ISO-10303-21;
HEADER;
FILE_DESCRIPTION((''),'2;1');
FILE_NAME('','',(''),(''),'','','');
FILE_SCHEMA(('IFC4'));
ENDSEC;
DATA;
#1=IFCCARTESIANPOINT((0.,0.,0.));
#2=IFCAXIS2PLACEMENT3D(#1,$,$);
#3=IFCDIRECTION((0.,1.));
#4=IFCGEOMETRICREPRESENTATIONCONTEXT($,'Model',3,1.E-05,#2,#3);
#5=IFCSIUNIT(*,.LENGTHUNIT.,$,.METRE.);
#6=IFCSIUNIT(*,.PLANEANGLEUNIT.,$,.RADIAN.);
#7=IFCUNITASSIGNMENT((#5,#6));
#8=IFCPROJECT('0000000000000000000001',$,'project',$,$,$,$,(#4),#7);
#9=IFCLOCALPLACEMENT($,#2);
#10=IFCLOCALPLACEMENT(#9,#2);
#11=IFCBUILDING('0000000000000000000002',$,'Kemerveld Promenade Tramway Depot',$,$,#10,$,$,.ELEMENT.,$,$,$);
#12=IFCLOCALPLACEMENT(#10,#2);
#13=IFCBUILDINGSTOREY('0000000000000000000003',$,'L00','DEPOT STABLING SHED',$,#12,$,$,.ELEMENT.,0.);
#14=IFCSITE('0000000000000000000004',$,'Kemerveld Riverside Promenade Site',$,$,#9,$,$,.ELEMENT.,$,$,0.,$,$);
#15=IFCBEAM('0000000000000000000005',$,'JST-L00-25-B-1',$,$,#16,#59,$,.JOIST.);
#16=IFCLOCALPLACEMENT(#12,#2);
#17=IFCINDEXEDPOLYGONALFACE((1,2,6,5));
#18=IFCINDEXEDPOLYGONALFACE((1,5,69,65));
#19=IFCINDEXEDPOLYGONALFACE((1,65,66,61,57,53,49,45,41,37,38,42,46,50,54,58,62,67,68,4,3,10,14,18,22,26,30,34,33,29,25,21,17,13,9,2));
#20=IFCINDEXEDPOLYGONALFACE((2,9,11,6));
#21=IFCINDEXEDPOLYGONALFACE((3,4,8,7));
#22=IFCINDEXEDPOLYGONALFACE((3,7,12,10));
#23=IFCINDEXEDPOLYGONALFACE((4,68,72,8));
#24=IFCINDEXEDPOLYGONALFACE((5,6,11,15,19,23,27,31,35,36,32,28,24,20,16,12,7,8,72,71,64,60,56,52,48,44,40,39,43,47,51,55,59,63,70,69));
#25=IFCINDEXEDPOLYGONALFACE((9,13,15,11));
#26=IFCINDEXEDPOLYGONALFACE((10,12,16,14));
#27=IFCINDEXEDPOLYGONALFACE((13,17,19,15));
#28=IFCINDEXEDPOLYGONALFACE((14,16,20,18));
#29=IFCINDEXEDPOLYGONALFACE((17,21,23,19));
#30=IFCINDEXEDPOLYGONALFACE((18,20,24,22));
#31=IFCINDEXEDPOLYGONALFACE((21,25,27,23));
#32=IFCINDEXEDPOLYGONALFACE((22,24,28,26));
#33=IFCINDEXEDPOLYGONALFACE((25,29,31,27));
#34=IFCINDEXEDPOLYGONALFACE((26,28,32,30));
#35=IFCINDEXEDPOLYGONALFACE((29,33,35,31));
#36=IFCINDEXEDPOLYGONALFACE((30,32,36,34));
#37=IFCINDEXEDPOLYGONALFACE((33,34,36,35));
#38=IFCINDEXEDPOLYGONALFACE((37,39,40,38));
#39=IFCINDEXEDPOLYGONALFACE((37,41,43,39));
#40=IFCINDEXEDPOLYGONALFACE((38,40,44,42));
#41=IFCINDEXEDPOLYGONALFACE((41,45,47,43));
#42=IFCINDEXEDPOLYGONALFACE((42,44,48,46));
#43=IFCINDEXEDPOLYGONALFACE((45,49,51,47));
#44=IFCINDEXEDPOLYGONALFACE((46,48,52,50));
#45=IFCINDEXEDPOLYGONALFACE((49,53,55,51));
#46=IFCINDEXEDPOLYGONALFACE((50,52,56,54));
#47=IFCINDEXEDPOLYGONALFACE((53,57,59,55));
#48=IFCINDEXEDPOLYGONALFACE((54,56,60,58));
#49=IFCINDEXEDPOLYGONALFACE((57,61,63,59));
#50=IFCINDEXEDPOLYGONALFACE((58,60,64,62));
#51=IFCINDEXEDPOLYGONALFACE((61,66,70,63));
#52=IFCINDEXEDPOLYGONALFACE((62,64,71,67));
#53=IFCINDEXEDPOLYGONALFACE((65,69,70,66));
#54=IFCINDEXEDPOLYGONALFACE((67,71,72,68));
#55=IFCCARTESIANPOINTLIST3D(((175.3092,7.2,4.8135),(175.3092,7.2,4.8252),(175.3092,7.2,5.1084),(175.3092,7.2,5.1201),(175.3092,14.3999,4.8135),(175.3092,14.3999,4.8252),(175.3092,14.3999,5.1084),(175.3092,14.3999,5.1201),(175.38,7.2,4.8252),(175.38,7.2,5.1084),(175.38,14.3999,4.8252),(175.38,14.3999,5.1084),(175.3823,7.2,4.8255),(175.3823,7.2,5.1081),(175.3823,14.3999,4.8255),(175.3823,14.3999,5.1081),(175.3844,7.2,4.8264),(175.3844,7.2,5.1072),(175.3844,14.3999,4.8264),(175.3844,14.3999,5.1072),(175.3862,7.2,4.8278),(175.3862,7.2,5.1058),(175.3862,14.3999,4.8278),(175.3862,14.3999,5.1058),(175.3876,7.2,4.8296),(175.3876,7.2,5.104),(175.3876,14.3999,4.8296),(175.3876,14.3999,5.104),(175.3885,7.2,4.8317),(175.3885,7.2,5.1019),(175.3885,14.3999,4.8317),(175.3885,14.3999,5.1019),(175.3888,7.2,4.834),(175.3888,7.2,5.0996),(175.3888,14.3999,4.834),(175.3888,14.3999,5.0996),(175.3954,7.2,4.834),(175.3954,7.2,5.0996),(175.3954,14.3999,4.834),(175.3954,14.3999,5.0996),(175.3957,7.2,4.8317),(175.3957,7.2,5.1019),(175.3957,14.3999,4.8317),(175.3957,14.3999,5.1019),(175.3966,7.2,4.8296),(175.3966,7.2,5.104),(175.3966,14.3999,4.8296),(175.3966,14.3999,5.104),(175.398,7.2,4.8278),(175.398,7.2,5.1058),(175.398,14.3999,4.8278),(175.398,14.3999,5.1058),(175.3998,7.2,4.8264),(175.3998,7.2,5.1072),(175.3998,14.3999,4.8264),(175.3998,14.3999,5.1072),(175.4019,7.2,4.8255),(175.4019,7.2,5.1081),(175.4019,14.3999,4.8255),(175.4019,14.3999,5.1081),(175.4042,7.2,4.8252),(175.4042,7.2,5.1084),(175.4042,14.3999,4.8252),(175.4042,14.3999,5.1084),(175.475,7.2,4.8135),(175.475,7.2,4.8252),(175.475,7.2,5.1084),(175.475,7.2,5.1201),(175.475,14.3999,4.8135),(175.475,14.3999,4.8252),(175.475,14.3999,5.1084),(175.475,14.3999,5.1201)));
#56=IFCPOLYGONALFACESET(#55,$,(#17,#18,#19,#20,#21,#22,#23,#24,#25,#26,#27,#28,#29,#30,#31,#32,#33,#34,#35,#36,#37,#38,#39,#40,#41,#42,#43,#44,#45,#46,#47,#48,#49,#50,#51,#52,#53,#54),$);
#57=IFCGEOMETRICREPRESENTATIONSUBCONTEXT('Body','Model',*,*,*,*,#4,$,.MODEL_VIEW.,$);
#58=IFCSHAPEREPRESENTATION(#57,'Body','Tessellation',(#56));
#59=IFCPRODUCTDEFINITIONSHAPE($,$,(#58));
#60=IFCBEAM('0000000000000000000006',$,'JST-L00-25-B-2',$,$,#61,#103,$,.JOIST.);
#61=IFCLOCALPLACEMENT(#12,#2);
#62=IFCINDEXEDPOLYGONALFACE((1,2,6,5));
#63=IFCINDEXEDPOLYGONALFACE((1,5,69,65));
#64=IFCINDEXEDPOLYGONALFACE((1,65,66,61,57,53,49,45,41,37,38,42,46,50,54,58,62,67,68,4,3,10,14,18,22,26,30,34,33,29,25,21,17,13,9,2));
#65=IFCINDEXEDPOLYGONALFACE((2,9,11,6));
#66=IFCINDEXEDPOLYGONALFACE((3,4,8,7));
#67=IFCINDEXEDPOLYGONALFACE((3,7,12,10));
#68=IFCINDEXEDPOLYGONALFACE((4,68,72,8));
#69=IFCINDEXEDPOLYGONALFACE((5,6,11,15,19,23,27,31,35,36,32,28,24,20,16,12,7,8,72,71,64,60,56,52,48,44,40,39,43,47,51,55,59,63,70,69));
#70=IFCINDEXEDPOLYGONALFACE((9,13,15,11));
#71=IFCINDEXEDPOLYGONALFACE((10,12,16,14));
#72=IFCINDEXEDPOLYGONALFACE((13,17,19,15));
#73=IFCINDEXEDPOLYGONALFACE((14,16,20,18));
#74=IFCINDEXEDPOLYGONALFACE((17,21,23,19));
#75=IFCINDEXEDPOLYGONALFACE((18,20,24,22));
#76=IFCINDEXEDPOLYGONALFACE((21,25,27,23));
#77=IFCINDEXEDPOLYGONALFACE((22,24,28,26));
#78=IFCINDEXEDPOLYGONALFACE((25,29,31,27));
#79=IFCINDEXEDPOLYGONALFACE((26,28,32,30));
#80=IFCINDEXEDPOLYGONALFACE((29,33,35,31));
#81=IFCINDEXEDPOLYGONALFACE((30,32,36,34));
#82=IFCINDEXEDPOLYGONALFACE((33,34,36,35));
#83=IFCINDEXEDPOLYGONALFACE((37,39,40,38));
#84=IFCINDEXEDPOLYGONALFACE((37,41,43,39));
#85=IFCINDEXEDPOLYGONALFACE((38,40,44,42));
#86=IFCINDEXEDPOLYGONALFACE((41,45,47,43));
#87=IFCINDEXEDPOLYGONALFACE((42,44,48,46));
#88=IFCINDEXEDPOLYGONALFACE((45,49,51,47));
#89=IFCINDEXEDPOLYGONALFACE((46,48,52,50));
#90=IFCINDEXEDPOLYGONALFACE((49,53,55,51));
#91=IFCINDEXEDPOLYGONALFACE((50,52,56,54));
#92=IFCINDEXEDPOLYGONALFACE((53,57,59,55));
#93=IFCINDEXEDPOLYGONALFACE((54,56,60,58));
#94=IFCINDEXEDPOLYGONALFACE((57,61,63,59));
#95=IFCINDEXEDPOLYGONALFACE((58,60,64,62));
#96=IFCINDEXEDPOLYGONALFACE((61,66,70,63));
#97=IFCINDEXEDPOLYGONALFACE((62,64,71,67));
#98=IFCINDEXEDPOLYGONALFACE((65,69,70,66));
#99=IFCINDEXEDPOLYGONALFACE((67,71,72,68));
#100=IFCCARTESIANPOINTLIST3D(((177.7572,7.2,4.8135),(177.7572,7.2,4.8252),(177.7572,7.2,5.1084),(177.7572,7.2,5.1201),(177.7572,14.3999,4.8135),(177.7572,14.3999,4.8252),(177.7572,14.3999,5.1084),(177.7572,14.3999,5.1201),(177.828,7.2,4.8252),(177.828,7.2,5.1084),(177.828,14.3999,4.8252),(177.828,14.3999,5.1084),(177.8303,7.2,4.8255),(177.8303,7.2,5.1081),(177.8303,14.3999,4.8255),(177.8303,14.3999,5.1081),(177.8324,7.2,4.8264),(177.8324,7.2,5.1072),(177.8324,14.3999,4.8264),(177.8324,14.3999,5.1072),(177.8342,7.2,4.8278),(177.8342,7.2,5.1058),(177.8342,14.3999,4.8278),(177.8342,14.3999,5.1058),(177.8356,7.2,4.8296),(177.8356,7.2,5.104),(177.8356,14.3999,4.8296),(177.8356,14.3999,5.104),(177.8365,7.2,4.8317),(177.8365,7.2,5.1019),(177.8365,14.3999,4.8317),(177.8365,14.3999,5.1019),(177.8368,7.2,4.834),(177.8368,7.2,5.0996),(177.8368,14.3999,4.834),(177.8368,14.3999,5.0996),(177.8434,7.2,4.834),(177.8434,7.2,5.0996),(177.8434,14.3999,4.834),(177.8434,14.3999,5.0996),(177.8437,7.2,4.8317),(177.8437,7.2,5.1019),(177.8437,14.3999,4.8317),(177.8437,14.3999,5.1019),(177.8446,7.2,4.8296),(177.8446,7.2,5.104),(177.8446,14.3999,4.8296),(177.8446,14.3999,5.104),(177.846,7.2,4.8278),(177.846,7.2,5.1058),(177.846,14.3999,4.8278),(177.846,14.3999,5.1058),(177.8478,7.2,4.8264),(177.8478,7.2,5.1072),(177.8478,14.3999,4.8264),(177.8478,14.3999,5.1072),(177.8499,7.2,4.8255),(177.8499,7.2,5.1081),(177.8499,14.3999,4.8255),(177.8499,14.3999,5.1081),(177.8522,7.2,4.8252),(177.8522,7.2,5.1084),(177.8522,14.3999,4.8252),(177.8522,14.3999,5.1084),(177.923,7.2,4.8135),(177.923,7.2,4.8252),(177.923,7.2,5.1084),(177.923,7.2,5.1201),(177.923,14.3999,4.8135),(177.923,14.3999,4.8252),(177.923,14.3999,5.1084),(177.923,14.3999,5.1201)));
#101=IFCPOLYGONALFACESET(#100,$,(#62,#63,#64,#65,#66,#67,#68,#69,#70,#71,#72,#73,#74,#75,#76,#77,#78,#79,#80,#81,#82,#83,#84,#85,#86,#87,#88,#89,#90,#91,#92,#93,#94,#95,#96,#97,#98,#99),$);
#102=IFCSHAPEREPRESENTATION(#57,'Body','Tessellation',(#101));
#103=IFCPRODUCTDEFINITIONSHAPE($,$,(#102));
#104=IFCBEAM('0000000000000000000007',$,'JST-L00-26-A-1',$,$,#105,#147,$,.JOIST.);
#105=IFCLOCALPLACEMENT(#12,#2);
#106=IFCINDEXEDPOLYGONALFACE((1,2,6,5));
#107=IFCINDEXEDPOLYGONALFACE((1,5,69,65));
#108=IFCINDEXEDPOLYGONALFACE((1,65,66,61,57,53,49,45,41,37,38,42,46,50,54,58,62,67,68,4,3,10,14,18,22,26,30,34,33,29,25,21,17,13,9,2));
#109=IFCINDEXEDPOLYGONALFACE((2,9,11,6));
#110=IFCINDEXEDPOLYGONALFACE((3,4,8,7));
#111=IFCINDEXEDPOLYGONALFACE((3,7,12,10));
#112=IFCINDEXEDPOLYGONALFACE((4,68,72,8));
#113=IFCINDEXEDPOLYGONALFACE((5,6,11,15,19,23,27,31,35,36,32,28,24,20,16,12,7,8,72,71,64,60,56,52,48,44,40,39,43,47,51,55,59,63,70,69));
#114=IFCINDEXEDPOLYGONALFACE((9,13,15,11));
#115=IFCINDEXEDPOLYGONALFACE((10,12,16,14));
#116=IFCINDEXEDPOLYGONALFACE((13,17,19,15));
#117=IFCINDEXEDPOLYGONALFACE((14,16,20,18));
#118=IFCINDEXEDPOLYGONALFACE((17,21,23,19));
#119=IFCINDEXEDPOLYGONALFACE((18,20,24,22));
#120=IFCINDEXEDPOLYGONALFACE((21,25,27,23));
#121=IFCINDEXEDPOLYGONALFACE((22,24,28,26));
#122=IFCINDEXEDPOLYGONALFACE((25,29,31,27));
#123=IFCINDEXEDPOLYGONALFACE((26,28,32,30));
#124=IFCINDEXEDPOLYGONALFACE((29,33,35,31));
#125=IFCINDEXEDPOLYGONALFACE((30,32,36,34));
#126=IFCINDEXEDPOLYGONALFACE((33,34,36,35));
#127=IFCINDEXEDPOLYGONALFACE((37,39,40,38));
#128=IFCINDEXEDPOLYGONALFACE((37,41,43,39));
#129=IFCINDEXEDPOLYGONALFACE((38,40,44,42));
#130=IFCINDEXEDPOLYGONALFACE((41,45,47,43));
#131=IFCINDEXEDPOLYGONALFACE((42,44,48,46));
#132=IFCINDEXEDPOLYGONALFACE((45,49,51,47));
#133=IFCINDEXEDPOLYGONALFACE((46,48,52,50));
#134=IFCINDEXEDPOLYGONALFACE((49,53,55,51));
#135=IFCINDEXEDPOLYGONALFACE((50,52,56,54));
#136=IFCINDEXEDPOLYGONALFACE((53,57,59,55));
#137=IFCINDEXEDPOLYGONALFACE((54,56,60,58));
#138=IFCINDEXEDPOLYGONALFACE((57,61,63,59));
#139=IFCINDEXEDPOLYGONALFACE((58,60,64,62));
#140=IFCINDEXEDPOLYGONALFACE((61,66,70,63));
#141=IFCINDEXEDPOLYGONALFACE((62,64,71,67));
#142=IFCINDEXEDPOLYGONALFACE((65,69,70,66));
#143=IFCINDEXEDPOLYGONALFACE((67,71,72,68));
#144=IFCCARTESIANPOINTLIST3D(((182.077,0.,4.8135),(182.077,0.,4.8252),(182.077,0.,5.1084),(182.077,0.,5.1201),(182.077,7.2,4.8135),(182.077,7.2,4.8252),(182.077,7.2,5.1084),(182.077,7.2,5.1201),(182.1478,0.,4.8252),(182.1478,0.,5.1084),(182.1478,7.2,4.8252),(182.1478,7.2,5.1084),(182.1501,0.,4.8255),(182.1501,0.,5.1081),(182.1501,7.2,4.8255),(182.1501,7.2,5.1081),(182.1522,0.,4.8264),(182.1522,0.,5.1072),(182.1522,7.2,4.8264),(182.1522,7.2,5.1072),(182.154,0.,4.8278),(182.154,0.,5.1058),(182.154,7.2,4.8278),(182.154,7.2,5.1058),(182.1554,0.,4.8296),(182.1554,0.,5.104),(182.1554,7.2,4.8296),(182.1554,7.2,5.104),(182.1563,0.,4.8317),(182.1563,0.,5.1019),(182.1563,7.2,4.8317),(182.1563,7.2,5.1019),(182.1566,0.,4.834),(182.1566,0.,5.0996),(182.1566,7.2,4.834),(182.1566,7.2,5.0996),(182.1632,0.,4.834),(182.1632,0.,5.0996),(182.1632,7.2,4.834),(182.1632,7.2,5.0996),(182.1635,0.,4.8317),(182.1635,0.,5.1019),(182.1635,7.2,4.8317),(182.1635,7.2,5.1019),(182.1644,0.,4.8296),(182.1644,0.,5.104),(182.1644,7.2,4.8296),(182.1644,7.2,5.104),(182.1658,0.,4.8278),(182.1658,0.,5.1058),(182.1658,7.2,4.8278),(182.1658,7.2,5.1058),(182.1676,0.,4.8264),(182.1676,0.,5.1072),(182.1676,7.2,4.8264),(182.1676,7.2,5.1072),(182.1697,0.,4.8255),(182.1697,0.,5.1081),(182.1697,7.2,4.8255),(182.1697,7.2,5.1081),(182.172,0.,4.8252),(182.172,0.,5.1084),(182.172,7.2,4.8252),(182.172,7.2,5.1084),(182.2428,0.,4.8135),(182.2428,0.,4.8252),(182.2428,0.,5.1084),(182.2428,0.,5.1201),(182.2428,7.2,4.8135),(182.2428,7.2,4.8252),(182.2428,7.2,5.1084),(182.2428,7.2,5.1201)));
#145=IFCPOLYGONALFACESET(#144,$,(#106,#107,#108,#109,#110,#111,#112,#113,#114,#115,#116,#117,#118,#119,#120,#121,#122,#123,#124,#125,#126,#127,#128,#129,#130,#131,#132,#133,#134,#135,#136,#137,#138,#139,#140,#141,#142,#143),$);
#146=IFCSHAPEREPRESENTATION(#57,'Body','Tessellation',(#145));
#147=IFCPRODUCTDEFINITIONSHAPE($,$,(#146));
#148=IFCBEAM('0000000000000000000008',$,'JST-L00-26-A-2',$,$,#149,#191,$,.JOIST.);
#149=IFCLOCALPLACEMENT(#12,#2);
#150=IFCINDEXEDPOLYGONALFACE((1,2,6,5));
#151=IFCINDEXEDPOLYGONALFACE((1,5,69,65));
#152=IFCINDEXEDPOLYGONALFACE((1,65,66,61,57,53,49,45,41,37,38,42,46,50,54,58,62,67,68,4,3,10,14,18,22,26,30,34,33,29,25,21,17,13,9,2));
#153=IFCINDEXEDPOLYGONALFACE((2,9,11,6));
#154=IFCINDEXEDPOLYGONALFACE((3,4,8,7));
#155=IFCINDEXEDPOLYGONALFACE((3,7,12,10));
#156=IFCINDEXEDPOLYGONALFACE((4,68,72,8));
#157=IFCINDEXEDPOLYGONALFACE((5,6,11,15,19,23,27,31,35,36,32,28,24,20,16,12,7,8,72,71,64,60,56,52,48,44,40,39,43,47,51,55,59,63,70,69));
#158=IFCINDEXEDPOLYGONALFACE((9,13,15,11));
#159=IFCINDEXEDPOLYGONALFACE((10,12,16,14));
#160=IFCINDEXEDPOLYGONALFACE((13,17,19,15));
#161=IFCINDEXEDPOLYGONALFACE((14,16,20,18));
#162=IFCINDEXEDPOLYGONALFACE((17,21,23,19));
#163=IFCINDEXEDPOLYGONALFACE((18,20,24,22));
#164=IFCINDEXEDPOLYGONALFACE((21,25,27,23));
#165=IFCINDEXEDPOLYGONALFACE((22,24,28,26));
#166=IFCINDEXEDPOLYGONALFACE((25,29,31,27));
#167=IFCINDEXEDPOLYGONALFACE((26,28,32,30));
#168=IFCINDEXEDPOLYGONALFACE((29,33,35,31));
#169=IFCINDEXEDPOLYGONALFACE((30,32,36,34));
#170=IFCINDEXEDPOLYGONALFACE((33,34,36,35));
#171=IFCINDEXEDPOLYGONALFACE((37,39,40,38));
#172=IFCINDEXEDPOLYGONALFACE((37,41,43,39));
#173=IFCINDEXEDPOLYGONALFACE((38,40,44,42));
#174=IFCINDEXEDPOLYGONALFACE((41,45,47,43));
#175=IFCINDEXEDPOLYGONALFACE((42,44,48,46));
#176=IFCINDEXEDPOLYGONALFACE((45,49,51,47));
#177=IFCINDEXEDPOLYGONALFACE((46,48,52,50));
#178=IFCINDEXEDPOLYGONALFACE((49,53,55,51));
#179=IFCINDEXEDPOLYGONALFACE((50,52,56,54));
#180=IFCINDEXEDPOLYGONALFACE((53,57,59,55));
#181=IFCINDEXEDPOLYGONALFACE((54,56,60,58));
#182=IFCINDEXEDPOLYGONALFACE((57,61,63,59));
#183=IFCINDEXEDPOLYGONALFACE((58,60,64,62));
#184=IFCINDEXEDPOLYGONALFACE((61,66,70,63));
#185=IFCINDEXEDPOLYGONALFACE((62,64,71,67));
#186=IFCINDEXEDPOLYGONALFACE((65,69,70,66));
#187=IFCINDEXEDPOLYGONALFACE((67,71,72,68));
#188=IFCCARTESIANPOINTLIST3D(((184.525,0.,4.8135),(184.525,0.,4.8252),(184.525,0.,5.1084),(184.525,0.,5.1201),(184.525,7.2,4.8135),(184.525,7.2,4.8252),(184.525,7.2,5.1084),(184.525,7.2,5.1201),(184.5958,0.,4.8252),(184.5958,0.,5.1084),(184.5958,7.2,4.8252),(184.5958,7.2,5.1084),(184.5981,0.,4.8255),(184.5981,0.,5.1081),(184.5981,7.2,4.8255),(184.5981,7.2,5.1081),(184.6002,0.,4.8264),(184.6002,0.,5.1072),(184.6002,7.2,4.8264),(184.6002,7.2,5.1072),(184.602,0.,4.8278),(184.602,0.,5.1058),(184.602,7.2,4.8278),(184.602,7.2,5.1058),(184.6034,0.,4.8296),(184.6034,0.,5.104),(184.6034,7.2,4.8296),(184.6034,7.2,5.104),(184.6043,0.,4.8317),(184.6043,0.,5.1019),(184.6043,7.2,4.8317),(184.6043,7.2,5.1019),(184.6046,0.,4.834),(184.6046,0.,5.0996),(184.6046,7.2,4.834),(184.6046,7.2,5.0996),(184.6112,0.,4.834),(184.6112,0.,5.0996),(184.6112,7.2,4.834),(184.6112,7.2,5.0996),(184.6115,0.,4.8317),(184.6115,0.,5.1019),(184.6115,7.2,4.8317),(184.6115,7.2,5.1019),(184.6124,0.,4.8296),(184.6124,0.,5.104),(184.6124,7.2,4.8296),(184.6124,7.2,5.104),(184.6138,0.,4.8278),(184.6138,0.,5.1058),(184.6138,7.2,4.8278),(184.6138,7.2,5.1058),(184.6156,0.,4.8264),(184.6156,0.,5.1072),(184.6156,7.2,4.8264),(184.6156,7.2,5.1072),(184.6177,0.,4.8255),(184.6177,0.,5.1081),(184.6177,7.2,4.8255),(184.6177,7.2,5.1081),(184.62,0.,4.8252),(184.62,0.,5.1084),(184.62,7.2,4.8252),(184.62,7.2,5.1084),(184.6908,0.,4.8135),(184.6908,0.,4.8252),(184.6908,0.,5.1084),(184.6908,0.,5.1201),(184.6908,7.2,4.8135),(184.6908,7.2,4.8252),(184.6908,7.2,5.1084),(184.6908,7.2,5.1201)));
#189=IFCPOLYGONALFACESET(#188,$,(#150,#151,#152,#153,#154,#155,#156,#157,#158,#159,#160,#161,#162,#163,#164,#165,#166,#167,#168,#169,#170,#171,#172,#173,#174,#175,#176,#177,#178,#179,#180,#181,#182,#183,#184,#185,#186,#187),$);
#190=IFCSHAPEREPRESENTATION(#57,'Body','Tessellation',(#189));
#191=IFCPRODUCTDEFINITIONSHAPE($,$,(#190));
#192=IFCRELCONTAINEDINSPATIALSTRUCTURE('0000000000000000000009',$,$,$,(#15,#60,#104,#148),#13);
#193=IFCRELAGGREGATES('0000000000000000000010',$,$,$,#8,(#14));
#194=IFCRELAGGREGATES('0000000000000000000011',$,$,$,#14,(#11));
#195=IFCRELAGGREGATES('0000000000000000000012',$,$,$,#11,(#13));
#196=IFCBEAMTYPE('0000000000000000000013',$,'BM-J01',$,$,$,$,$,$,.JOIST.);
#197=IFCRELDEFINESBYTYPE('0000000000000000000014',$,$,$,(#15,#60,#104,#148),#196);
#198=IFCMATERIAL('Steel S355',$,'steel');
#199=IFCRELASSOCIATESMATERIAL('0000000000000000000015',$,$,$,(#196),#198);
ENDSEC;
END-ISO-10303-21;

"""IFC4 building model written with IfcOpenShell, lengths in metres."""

from ifc_helpers import new_model, si_unit, direction, frame, origin, origin_2d, place, context, subcontext, project, spatial, i_section, extrude, material, material_profile, profile_set, type_object, element, save


model = new_model("IFC4")

# Units and contexts
model_context = context("Model", 3, precision=1e-05, world=origin(), true_north=direction((0.0, 1.0)))
body_context = subcontext(model_context, "Body", "Model", "MODEL_VIEW")
ifc_project = project(units=[si_unit("LENGTHUNIT", "METRE"), si_unit("PLANEANGLEUNIT", "RADIAN")], contexts=[model_context])

# Site, building, storey
site_placement = place(None, origin())
site = spatial("IfcSite", under=ifc_project, at=site_placement, Name="Kemerveld Riverside Promenade Site", CompositionType="ELEMENT", RefElevation=0.0)
building_placement = place(site_placement, origin())
building = spatial("IfcBuilding", under=site, at=building_placement, Name="Kemerveld Promenade Tramway Depot", CompositionType="ELEMENT")
storey_placement = place(building_placement, origin())
storey = spatial("IfcBuildingStorey", under=building, at=storey_placement, Name="L00", Description="DEPOT STABLING SHED", CompositionType="ELEMENT", Elevation=0.0)

# Shared definitions
ifc_material_1 = material(Name="Steel S355", Category="steel")

# Beams
ifc_material_profile_1 = material_profile(ifc_material_1, i_section(OverallWidth=0.1658, OverallDepth=0.3066, WebThickness=0.0066, FlangeThickness=0.0117, FilletRadius=0.0088, at=origin_2d()), Name="305x165x46 UB")
ifc_profile_set_1 = profile_set([ifc_material_profile_1], Name="Steel S355")
beam_type_1 = type_object("IfcBeamType", Name="BM-J01", PredefinedType="JOIST", material=ifc_profile_set_1)
for number, where, z_axis, x_axis, name in (
    (1, (175.3921, 7.2, 4.9668), (0.0, 1.0, 0.0), (-1.0, 0.0, 0.0), "JST-L00-25-B-1"),
    (2, (177.8401, 7.2, 4.9668), (0.0, 1.0, 0.0), (-1.0, 0.0, 0.0), "JST-L00-25-B-2"),
    (3, (182.1599, 0.0, 4.9668), (0.0, 1.0, 0.0), (-1.0, 0.0, 0.0), "JST-L00-26-A-1"),
    (4, (184.6079, 0.0, 4.9668), (0.0, 1.0, 0.0), (-1.0, 0.0, 0.0), "JST-L00-26-A-2"),
):
    element("IfcBeam", number, at=place(storey_placement, frame(where, z_axis=z_axis, x_axis=x_axis)), inside=storey, type_object=beam_type_1, Name=name, PredefinedType="JOIST", context=body_context, shape_type="SweptSolid", body=[
        extrude(i_section(OverallWidth=0.1658, OverallDepth=0.3066, WebThickness=0.0066, FlangeThickness=0.0117, FilletRadius=0.0088, at=origin_2d()), origin(), (0.0, 0.0, 1.0), 7.2),
    ])

save(model, "model.ifc")
